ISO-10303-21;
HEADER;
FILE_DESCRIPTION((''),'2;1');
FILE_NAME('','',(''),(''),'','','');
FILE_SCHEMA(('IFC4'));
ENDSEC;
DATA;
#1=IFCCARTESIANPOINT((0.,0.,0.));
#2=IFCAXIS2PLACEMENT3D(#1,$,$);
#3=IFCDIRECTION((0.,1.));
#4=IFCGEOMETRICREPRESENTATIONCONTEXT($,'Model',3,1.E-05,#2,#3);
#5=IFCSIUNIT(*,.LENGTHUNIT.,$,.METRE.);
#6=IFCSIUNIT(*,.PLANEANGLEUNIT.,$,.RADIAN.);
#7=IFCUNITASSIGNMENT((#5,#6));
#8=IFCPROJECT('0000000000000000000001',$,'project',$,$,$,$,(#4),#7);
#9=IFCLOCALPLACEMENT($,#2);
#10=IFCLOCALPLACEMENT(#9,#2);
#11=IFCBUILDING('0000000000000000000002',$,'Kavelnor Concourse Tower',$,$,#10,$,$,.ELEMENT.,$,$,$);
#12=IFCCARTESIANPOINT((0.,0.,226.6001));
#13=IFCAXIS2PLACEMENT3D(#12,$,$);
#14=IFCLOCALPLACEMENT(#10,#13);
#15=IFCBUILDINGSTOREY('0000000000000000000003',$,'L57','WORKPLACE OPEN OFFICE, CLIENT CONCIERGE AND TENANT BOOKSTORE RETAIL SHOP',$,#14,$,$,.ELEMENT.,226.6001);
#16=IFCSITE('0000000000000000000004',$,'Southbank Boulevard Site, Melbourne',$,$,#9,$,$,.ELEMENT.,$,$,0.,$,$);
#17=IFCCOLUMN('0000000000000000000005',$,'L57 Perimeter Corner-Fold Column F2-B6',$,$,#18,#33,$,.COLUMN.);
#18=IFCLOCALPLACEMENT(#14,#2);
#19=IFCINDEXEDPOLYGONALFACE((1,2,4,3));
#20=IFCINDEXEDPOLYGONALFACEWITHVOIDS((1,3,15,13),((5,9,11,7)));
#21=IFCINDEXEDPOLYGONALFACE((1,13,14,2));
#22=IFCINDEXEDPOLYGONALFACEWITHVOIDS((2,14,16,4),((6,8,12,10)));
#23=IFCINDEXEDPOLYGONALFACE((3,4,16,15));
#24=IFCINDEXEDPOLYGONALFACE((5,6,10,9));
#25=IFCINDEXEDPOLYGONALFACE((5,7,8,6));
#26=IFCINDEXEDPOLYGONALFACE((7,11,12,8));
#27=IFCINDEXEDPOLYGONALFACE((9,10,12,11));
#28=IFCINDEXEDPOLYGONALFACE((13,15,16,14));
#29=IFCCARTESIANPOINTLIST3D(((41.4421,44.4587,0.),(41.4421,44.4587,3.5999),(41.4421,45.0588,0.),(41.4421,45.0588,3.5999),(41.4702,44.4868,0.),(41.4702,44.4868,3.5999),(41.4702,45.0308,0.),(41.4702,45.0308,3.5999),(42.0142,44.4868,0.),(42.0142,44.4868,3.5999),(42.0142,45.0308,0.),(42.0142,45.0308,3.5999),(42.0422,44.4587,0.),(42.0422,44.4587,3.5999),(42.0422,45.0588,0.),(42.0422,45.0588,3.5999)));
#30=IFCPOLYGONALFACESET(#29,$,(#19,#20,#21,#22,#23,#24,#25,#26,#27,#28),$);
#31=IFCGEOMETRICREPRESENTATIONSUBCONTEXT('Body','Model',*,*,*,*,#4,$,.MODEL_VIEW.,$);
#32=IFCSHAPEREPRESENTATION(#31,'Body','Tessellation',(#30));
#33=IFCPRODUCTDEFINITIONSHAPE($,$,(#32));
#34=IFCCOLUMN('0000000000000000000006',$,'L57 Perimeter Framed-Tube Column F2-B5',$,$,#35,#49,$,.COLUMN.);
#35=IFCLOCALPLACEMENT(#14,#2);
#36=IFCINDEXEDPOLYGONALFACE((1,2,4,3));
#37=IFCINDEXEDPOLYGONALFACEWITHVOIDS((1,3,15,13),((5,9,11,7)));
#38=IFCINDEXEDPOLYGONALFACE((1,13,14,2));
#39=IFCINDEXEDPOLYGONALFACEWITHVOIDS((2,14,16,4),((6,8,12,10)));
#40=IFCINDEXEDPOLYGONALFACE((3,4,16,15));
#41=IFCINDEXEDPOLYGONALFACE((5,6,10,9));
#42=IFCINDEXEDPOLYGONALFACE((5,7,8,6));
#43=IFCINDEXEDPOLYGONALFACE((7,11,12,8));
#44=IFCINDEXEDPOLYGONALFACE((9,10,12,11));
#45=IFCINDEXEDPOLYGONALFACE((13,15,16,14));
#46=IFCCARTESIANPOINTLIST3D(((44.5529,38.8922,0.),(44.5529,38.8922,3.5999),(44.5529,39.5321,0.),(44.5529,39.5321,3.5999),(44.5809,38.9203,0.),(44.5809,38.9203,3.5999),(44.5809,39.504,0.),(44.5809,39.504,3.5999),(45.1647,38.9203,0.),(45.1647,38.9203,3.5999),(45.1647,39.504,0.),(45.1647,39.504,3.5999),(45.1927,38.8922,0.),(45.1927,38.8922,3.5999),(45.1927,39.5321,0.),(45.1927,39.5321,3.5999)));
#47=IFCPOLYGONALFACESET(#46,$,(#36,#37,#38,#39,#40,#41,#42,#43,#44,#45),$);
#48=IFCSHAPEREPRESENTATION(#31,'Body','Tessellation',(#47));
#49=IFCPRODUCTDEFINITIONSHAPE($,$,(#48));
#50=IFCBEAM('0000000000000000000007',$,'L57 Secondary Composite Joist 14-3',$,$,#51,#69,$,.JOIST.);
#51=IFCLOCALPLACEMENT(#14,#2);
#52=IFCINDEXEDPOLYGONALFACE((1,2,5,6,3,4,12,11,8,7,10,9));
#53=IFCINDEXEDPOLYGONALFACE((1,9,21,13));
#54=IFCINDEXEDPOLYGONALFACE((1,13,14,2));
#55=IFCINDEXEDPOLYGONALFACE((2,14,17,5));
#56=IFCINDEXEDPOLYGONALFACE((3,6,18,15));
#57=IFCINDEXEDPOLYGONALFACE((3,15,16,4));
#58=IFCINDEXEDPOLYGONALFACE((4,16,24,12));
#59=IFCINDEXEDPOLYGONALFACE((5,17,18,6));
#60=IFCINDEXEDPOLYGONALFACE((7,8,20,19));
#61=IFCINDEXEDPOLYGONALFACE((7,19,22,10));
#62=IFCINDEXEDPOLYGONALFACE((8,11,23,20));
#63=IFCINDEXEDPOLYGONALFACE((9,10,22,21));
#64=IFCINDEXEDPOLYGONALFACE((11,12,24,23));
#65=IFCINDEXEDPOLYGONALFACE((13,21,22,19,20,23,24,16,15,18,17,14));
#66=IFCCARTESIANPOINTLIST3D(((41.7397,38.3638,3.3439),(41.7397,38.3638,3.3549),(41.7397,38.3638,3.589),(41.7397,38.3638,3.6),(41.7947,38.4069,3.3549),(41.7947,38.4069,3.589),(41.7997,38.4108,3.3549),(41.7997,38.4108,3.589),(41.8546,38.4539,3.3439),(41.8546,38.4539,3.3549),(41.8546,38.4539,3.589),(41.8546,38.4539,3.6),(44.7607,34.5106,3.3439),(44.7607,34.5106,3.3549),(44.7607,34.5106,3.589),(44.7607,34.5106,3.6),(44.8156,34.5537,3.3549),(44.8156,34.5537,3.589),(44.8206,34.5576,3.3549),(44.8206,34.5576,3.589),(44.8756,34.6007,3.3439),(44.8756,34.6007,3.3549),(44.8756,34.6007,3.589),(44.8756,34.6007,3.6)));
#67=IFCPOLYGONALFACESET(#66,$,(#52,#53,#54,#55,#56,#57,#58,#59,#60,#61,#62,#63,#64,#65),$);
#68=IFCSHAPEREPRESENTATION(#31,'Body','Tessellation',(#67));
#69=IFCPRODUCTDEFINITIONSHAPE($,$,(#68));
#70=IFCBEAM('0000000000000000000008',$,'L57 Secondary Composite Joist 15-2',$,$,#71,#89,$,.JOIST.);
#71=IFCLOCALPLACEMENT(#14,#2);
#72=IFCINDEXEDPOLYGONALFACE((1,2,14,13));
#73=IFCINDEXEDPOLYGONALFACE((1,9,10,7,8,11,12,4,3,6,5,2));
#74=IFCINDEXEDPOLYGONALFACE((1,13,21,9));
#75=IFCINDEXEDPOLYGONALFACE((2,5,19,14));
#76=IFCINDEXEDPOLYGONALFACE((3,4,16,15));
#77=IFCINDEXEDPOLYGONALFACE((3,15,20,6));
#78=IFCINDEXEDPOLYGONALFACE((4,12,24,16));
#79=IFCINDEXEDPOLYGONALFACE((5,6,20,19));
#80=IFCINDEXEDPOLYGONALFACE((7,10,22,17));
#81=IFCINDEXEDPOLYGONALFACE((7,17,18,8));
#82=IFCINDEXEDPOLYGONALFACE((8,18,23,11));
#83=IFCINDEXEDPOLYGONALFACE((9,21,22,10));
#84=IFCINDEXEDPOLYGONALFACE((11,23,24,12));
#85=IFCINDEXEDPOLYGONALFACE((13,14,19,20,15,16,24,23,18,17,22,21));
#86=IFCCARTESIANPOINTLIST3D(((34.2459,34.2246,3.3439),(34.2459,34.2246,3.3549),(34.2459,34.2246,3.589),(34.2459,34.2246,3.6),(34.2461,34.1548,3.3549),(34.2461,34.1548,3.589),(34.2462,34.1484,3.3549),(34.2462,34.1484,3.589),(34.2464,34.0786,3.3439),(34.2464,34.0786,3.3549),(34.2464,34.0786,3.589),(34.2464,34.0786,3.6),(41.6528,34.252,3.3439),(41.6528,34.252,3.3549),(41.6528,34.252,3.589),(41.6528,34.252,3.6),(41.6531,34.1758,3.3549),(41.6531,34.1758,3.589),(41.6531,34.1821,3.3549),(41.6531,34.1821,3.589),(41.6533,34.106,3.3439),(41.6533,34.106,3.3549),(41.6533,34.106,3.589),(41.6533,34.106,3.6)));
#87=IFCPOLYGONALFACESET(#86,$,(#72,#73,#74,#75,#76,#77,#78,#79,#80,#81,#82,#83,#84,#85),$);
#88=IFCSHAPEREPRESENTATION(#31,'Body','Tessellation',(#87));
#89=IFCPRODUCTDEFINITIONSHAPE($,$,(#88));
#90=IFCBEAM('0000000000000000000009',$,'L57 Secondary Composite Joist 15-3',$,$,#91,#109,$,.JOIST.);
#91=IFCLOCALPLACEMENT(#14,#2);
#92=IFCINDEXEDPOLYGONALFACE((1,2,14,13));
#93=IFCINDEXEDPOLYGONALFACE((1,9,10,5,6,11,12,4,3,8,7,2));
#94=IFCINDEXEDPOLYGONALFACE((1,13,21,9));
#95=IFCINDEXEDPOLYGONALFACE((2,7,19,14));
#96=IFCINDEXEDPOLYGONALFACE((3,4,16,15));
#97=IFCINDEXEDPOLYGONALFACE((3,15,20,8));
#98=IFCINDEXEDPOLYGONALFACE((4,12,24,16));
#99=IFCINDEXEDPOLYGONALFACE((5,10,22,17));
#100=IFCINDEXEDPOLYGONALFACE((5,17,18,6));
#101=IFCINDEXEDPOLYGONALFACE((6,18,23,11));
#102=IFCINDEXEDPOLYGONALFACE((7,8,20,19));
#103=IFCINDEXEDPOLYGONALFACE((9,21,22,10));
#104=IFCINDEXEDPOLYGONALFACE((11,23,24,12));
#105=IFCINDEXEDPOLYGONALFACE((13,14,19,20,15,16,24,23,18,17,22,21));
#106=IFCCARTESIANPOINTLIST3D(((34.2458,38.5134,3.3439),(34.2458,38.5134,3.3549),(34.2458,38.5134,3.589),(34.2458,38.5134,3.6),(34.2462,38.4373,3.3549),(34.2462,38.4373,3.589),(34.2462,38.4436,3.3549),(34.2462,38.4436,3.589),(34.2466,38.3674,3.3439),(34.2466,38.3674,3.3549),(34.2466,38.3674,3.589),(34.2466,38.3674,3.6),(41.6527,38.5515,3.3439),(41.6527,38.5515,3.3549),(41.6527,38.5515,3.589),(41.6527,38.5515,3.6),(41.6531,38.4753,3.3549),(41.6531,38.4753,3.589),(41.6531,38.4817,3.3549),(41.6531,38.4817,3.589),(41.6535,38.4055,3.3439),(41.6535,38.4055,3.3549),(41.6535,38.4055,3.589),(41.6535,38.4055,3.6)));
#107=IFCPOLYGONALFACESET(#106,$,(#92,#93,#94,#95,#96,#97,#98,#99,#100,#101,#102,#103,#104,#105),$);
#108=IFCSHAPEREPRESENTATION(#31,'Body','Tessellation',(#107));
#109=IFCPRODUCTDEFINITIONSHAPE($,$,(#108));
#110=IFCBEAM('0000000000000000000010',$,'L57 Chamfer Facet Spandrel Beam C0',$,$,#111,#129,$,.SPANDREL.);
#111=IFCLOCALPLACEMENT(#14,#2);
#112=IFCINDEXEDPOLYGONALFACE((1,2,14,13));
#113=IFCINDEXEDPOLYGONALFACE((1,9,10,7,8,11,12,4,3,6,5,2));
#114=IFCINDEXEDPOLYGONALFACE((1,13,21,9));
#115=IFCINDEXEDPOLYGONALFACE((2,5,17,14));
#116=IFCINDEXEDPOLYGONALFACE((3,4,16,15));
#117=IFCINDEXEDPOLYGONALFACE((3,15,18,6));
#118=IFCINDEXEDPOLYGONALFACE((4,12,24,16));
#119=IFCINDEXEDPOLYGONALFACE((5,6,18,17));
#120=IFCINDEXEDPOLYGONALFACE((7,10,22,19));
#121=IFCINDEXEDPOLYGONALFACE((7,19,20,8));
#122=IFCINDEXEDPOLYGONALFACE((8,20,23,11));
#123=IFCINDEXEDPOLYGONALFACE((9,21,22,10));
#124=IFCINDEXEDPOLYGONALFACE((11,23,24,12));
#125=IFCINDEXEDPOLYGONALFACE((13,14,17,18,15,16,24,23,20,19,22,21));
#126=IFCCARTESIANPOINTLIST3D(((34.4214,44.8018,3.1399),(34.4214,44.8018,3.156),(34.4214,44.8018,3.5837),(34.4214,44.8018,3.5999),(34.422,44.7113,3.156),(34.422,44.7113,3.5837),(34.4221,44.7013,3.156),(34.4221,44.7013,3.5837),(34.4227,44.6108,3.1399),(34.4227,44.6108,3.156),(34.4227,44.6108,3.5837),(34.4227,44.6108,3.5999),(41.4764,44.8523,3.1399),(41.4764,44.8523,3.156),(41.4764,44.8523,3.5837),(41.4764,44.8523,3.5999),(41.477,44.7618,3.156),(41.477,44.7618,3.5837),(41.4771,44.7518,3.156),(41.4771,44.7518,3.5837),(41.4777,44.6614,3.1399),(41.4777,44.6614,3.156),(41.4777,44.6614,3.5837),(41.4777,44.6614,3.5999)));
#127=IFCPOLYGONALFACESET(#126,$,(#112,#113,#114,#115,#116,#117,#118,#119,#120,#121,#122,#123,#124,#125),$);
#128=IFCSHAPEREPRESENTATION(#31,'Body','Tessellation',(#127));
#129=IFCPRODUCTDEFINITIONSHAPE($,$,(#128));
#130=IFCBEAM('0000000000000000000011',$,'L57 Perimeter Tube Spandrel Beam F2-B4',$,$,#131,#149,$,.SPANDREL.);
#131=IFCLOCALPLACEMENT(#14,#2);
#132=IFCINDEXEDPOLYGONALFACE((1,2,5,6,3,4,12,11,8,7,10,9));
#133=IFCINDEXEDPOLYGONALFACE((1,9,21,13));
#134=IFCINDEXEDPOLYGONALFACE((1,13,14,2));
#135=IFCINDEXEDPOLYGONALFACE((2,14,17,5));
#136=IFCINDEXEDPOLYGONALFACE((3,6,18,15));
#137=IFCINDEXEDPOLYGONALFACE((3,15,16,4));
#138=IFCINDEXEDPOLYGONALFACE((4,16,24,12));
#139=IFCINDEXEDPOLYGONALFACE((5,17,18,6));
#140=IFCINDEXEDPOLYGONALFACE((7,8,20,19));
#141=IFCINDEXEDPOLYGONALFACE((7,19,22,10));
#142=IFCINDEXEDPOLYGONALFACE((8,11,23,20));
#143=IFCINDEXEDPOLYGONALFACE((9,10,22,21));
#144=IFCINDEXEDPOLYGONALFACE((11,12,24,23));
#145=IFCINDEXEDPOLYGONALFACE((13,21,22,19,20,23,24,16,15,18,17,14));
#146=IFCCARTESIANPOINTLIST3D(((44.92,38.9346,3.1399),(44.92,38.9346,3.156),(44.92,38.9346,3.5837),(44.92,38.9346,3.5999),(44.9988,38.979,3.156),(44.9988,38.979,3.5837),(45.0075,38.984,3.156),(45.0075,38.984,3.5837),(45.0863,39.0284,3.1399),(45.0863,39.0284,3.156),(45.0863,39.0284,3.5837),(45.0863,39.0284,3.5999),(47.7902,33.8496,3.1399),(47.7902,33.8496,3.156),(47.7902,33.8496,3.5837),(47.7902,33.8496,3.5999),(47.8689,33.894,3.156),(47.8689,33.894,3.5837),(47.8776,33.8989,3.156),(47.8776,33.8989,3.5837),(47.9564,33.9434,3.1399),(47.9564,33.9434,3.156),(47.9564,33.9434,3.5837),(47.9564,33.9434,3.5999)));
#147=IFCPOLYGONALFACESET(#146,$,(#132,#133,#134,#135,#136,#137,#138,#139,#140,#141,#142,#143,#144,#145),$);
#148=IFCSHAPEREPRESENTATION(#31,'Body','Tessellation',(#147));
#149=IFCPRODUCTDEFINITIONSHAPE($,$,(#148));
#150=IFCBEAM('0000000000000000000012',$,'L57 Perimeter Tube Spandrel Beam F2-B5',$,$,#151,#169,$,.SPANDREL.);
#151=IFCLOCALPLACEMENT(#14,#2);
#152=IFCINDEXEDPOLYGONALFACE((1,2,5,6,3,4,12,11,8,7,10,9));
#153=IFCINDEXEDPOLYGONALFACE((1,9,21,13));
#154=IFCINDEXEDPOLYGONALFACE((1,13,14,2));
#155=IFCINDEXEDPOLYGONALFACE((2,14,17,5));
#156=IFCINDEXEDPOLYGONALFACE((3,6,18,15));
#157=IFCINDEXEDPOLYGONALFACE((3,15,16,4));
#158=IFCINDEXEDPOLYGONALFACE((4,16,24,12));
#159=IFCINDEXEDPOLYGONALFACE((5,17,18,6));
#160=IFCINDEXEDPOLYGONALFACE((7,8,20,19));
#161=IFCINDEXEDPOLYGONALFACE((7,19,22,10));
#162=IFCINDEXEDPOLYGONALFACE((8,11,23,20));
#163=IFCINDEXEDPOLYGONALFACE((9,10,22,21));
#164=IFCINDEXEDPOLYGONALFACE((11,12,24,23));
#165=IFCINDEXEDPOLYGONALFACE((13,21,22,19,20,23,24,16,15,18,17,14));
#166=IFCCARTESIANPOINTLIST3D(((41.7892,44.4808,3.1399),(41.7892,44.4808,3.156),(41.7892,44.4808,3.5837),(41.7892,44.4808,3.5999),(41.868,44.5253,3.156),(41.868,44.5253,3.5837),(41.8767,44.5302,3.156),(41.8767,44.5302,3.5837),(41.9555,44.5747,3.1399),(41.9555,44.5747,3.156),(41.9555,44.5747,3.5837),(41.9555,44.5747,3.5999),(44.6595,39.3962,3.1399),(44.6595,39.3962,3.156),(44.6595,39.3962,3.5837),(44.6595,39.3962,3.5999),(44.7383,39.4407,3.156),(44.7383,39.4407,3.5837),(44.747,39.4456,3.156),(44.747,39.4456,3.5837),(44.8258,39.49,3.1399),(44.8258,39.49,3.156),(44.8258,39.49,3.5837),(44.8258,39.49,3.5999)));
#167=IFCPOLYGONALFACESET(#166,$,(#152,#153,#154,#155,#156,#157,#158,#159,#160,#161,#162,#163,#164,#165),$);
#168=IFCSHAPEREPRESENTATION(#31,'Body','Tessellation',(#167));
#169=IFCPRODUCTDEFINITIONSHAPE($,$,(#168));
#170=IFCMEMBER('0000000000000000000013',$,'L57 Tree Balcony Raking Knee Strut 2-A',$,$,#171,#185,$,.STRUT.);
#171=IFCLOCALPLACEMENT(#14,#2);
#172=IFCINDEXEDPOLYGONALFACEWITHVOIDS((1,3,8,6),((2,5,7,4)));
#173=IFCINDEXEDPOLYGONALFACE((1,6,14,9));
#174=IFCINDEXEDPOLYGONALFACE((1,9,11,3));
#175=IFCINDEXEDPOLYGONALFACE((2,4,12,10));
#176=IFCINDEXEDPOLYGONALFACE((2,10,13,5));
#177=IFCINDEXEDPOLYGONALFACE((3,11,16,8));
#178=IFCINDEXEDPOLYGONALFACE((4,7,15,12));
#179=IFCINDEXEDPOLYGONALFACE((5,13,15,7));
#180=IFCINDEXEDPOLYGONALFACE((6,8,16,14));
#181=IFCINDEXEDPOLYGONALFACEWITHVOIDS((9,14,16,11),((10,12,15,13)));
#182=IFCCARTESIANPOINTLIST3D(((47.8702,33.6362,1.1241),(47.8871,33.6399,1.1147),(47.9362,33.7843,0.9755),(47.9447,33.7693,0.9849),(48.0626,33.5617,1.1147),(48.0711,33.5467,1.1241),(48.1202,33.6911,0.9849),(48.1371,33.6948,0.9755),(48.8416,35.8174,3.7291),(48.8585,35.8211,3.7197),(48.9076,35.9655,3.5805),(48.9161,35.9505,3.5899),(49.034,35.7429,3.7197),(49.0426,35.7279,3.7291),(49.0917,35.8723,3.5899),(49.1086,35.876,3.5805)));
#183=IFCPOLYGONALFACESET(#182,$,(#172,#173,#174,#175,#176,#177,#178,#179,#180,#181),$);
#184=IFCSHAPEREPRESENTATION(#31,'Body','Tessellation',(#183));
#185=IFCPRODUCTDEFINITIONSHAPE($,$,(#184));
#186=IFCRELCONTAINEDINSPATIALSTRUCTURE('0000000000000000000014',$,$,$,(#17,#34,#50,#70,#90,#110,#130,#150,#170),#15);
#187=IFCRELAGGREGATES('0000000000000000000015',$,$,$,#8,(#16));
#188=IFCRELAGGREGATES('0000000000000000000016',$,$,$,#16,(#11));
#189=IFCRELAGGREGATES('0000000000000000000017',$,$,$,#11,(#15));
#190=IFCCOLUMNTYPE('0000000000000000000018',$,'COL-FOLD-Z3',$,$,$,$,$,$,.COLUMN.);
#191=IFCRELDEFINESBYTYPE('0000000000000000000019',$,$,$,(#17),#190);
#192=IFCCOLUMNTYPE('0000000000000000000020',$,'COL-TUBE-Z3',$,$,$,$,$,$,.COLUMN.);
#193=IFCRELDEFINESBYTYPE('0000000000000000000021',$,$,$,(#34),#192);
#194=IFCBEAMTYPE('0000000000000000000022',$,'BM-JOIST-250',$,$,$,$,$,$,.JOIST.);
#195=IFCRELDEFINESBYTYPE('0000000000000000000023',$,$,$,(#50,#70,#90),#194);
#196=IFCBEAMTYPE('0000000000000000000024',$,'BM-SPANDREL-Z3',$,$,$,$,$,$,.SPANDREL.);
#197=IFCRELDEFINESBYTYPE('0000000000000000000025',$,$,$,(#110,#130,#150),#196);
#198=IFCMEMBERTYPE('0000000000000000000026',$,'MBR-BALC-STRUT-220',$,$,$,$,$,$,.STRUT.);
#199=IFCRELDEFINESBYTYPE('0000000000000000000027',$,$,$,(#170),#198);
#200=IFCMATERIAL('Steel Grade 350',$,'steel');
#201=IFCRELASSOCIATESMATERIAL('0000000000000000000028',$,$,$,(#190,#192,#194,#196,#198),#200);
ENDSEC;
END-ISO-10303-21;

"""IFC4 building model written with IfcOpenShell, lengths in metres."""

from ifc_helpers import new_model, si_unit, direction, frame, origin, origin_2d, place, context, subcontext, project, spatial, hollow_rectangle, i_section, extrude, material, material_profile, profile_set, type_object, element, save


model = new_model("IFC4")

# Units and contexts
model_context = context("Model", 3, precision=1e-05, world=origin(), true_north=direction((0.0, 1.0)))
body_context = subcontext(model_context, "Body", "Model", "MODEL_VIEW")
ifc_project = project(units=[si_unit("LENGTHUNIT", "METRE"), si_unit("PLANEANGLEUNIT", "RADIAN")], contexts=[model_context])

# Site, building, storey
site_placement = place(None, origin())
site = spatial("IfcSite", under=ifc_project, at=site_placement, Name="Southbank Boulevard Site, Melbourne", CompositionType="ELEMENT", RefElevation=0.0)
building_placement = place(site_placement, origin())
building = spatial("IfcBuilding", under=site, at=building_placement, Name="Kavelnor Concourse Tower", CompositionType="ELEMENT")
storey_placement = place(building_placement, frame((0.0, 0.0, 226.6001)))
storey = spatial("IfcBuildingStorey", under=building, at=storey_placement, Name="L57", Description="WORKPLACE OPEN OFFICE, CLIENT CONCIERGE AND TENANT BOOKSTORE RETAIL SHOP", CompositionType="ELEMENT", Elevation=226.6001)

# Columns
ifc_material_1 = material(Name="Steel Grade 350", Category="steel")
ifc_material_profile_1 = material_profile(ifc_material_1, hollow_rectangle(XDim=0.6001, YDim=0.6001, WallThickness=0.0281, at=origin_2d()), Name="SHS 600x600x28")
ifc_profile_set_1 = profile_set([ifc_material_profile_1], Name="Steel Grade 350")
column_type_1 = type_object("IfcColumnType", Name="COL-FOLD-Z3", PredefinedType="COLUMN", material=ifc_profile_set_1)
column_1_placement = place(storey_placement, frame((41.7422, 44.7588, 0.0), z_axis=(0.0, 0.0, 1.0), x_axis=(1.0, 0.0, 0.0)))
element("IfcColumn", 1, at=column_1_placement, inside=storey, type_object=column_type_1, Name="L57 Perimeter Corner-Fold Column F2-B6", PredefinedType="COLUMN", context=body_context, shape_type="SweptSolid", body=[
    extrude(hollow_rectangle(XDim=0.6001, YDim=0.6001, WallThickness=0.0281, at=origin_2d()), origin(), (0.0, 0.0, 1.0), 3.5999),
])
ifc_material_profile_2 = material_profile(ifc_material_1, hollow_rectangle(XDim=0.6399, YDim=0.6399, WallThickness=0.0281, at=origin_2d()), Name="SHS 640x640x28")
ifc_profile_set_2 = profile_set([ifc_material_profile_2], Name="Steel Grade 350")
column_type_2 = type_object("IfcColumnType", Name="COL-TUBE-Z3", PredefinedType="COLUMN", material=ifc_profile_set_2)
column_2_placement = place(storey_placement, frame((44.8728, 39.2122, 0.0), z_axis=(0.0, 0.0, 1.0), x_axis=(1.0, 0.0, 0.0)))
element("IfcColumn", 2, at=column_2_placement, inside=storey, type_object=column_type_2, Name="L57 Perimeter Framed-Tube Column F2-B5", PredefinedType="COLUMN", context=body_context, shape_type="SweptSolid", body=[
    extrude(hollow_rectangle(XDim=0.6399, YDim=0.6399, WallThickness=0.0281, at=origin_2d()), origin(), (0.0, 0.0, 1.0), 3.5999),
])

# Beams
ifc_material_profile_3 = material_profile(ifc_material_1, i_section(OverallWidth=0.146, OverallDepth=0.2561, WebThickness=0.0063, FlangeThickness=0.011, at=origin_2d()), Name="250UB37")
ifc_profile_set_3 = profile_set([ifc_material_profile_3], Name="Steel Grade 350")
beam_type_1 = type_object("IfcBeamType", Name="BM-JOIST-250", PredefinedType="JOIST", material=ifc_profile_set_3)
beam_1_placement = place(storey_placement, frame((44.8181, 34.5557, 3.4719), z_axis=(-0.616991, 0.78697, 0.0), x_axis=(-0.78697, -0.616991, 0.0)))
element("IfcBeam", 3, at=beam_1_placement, inside=storey, type_object=beam_type_1, Name="L57 Secondary Composite Joist 14-3", PredefinedType="JOIST", context=body_context, shape_type="SweptSolid", body=[
    extrude(i_section(OverallWidth=0.146, OverallDepth=0.2561, WebThickness=0.0063, FlangeThickness=0.011, at=origin_2d()), origin(), (0.0, 0.0, 1.0), 4.8962),
])
for number, where, z_axis, x_axis, name in (
    (4, (41.6531, 34.179, 3.4719), (-0.999993, -0.003692, 0.0), (0.003692, -0.999993, 0.0), "L57 Secondary Composite Joist 15-2"),
    (5, (41.6531, 38.4785, 3.4719), (-0.999987, -0.005142, 0.0), (0.005142, -0.999987, 0.0), "L57 Secondary Composite Joist 15-3"),
):
    element("IfcBeam", number, at=place(storey_placement, frame(where, z_axis=z_axis, x_axis=x_axis)), inside=storey, type_object=beam_type_1, Name=name, PredefinedType="JOIST", context=body_context, shape_type="SweptSolid", body=[
        extrude(i_section(OverallWidth=0.146, OverallDepth=0.2561, WebThickness=0.0063, FlangeThickness=0.011, at=origin_2d()), origin(), (0.0, 0.0, 1.0), 7.407),
    ])
ifc_material_profile_4 = material_profile(ifc_material_1, i_section(OverallWidth=0.1909, OverallDepth=0.46, WebThickness=0.01, FlangeThickness=0.0161, at=origin_2d()), Name="460UB82")
ifc_profile_set_4 = profile_set([ifc_material_profile_4], Name="Steel Grade 350")
beam_type_2 = type_object("IfcBeamType", Name="BM-SPANDREL-Z3", PredefinedType="SPANDREL", material=ifc_profile_set_4)
beam_2_placement = place(storey_placement, frame((41.4771, 44.7568, 3.3699), z_axis=(-0.999974, -0.007163, 0.0), x_axis=(0.007163, -0.999974, 0.0)))
element("IfcBeam", 6, at=beam_2_placement, inside=storey, type_object=beam_type_2, Name="L57 Chamfer Facet Spandrel Beam C0", PredefinedType="SPANDREL", context=body_context, shape_type="SweptSolid", body=[
    extrude(i_section(OverallWidth=0.1909, OverallDepth=0.46, WebThickness=0.01, FlangeThickness=0.0161, at=origin_2d()), origin(), (0.0, 0.0, 1.0), 7.0552),
])
beam_3_placement = place(storey_placement, frame((47.8733, 33.8965, 3.3699), z_axis=(-0.491539, 0.870855, 0.0), x_axis=(-0.870855, -0.491539, 0.0)))
element("IfcBeam", 7, at=beam_3_placement, inside=storey, type_object=beam_type_2, Name="L57 Perimeter Tube Spandrel Beam F2-B4", PredefinedType="SPANDREL", context=body_context, shape_type="SweptSolid", body=[
    extrude(i_section(OverallWidth=0.1909, OverallDepth=0.46, WebThickness=0.01, FlangeThickness=0.0161, at=origin_2d()), origin(), (0.0, 0.0, 1.0), 5.8391),
])
beam_4_placement = place(storey_placement, frame((44.7427, 39.4431, 3.3699), z_axis=(-0.491589, 0.870827, 0.0), x_axis=(-0.870827, -0.491589, 0.0)))
element("IfcBeam", 8, at=beam_4_placement, inside=storey, type_object=beam_type_2, Name="L57 Perimeter Tube Spandrel Beam F2-B5", PredefinedType="SPANDREL", context=body_context, shape_type="SweptSolid", body=[
    extrude(i_section(OverallWidth=0.1909, OverallDepth=0.46, WebThickness=0.01, FlangeThickness=0.0161, at=origin_2d()), origin(), (0.0, 0.0, 1.0), 5.8389),
])

# Member
ifc_material_profile_5 = material_profile(ifc_material_1, hollow_rectangle(XDim=0.22, YDim=0.22, WallThickness=0.0139, at=origin_2d()), Name="SHS 220x220x14")
ifc_profile_set_5 = profile_set([ifc_material_profile_5], Name="Steel Grade 350")
member_type = type_object("IfcMemberType", Name="MBR-BALC-STRUT-220", PredefinedType="STRUT", material=ifc_profile_set_5)
member_1_placement = place(storey_placement, frame((48.0037, 33.6655, 1.0498), z_axis=(0.274906, 0.617243, 0.737182), x_axis=(-0.913495, 0.40685, 0.0)))
element("IfcMember", 9, at=member_1_placement, inside=storey, type_object=member_type, Name="L57 Tree Balcony Raking Knee Strut 2-A", PredefinedType="STRUT", context=body_context, shape_type="SweptSolid", body=[
    extrude(hollow_rectangle(XDim=0.22, YDim=0.22, WallThickness=0.0139, at=origin_2d()), origin(), (0.0, 0.0, 1.0), 3.5337),
])

save(model, "model.ifc")
